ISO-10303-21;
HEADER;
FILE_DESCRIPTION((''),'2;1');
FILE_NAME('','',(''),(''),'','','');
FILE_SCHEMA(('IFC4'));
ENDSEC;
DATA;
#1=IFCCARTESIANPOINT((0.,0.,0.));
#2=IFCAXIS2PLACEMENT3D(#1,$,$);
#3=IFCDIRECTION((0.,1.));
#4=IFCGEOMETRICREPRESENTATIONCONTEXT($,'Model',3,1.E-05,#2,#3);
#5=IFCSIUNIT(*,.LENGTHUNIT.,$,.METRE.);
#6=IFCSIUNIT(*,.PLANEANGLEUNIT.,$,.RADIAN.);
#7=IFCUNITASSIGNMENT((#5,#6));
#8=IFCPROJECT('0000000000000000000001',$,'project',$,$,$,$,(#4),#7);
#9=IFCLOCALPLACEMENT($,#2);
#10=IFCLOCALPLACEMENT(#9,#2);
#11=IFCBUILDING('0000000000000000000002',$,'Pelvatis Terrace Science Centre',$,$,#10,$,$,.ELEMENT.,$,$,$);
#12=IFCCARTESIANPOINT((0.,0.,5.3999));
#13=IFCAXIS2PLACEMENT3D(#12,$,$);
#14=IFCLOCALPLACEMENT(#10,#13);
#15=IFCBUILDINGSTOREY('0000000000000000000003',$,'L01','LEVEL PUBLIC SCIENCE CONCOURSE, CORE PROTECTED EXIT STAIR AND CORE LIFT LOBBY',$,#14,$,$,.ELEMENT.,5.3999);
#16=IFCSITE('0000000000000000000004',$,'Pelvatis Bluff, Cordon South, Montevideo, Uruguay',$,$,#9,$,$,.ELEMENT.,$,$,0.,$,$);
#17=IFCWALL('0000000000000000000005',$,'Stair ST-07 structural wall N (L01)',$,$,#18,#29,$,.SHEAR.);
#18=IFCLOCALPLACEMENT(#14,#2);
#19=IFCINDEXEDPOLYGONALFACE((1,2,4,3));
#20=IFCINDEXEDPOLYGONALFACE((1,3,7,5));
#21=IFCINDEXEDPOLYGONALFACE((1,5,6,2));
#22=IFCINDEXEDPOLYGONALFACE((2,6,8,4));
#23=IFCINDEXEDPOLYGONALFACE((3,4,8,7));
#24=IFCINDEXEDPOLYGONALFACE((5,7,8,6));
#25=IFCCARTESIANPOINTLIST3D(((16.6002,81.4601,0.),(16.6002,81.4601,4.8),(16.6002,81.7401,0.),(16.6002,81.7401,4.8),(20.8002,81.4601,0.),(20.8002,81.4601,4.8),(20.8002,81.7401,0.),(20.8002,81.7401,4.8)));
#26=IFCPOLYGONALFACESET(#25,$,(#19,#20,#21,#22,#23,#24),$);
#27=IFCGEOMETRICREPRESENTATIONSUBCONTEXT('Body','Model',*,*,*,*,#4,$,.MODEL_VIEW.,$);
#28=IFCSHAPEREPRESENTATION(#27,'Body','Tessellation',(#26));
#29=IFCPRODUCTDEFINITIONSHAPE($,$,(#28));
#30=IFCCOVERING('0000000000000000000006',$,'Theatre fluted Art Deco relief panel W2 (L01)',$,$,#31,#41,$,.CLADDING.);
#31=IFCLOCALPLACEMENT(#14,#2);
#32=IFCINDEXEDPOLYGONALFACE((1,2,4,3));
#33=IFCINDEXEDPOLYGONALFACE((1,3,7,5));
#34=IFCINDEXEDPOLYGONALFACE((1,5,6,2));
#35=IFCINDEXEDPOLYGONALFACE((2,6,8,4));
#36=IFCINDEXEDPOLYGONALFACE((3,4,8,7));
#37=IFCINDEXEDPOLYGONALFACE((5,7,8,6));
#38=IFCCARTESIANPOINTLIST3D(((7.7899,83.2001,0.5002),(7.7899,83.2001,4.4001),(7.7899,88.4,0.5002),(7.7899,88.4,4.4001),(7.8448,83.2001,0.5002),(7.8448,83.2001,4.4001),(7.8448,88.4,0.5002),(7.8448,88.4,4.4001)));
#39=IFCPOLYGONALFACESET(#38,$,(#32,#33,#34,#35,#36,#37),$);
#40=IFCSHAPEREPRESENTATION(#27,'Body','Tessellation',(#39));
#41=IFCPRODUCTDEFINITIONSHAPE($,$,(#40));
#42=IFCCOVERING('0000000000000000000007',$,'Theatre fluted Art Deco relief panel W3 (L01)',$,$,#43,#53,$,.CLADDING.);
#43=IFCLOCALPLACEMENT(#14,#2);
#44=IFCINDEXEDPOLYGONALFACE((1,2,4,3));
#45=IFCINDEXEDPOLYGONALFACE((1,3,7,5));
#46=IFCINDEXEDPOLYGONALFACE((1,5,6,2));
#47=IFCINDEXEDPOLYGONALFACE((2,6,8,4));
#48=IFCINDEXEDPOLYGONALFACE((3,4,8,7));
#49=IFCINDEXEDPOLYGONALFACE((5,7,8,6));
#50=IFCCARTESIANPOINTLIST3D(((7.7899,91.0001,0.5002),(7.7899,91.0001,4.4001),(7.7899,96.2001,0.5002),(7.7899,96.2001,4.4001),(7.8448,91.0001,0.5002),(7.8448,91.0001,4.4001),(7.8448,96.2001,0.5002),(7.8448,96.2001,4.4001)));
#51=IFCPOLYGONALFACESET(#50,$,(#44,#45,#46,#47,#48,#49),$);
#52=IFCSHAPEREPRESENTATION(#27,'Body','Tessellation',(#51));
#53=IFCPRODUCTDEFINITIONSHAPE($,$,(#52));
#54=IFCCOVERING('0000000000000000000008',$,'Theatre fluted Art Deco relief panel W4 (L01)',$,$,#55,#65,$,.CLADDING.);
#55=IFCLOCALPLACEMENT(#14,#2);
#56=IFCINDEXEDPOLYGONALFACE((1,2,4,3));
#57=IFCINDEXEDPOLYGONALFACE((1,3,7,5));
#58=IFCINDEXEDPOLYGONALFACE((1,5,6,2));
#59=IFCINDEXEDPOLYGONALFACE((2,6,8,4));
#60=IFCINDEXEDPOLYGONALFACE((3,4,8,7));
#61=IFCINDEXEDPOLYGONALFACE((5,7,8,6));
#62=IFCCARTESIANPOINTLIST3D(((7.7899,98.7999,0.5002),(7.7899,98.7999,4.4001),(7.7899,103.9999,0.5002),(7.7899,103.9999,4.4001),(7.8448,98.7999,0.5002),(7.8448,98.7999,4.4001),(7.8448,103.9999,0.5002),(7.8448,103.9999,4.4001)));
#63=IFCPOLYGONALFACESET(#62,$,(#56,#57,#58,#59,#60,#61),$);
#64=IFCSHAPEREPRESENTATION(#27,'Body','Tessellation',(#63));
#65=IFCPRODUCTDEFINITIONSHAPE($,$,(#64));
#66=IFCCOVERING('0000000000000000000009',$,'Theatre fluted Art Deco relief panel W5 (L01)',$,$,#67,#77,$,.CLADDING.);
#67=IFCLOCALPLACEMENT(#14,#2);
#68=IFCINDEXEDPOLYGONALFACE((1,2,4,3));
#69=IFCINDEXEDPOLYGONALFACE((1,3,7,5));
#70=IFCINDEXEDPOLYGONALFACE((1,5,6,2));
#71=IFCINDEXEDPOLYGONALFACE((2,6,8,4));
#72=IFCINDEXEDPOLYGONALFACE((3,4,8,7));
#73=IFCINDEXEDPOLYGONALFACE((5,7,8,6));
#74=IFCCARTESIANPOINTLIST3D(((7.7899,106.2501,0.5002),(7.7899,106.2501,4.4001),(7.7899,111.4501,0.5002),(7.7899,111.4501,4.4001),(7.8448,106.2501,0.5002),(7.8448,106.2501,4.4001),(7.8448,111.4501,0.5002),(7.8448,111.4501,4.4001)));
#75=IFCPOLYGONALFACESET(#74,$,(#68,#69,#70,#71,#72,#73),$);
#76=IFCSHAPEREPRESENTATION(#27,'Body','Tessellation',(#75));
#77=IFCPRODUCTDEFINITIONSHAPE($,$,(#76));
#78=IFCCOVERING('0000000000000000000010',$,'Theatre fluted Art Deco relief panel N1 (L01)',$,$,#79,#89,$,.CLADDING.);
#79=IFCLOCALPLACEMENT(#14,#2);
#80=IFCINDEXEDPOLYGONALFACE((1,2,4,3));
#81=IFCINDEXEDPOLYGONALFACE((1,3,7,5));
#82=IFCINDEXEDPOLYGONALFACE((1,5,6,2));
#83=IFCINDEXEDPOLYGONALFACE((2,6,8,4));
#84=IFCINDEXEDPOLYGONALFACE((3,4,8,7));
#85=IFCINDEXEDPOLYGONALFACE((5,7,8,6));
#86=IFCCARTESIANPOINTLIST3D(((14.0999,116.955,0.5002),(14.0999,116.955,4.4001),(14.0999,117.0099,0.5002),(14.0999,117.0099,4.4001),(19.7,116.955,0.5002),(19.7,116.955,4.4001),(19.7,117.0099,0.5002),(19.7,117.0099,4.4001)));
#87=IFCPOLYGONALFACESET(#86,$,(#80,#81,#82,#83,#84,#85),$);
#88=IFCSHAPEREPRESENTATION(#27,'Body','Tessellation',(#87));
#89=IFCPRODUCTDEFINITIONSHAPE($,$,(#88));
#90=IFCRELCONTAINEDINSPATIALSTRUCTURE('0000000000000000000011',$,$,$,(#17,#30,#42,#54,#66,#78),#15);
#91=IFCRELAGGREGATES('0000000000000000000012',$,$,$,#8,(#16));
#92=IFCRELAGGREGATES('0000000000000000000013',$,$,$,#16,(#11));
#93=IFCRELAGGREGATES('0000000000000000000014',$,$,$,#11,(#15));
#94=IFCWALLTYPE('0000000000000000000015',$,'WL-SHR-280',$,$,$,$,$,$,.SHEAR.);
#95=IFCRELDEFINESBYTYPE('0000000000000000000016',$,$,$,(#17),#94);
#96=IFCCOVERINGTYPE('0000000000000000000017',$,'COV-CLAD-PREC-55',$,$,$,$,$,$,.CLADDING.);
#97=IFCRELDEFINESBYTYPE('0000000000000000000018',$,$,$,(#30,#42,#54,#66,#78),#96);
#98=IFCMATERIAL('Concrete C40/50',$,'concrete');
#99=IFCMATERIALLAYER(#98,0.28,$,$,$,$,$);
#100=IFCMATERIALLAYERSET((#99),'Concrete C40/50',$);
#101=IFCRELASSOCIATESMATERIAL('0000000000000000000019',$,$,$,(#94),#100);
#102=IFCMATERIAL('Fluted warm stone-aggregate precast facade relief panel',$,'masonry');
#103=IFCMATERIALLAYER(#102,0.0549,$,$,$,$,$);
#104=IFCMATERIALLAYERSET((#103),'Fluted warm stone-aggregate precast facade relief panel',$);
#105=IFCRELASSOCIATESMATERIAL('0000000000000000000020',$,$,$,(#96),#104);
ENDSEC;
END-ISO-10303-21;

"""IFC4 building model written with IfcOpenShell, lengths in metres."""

from ifc_helpers import new_model, si_unit, direction, frame, frame_2d, origin, origin_2d, place, context, subcontext, project, spatial, rectangle, extrude, material, layer, layer_set, type_object, element, save


model = new_model("IFC4")

# Units and contexts
model_context = context("Model", 3, precision=1e-05, world=origin(), true_north=direction((0.0, 1.0)))
body_context = subcontext(model_context, "Body", "Model", "MODEL_VIEW")
ifc_project = project(units=[si_unit("LENGTHUNIT", "METRE"), si_unit("PLANEANGLEUNIT", "RADIAN")], contexts=[model_context])

# Site, building, storey
site_placement = place(None, origin())
site = spatial("IfcSite", under=ifc_project, at=site_placement, Name="Pelvatis Bluff, Cordon South, Montevideo, Uruguay", CompositionType="ELEMENT", RefElevation=0.0)
building_placement = place(site_placement, origin())
building = spatial("IfcBuilding", under=site, at=building_placement, Name="Pelvatis Terrace Science Centre", CompositionType="ELEMENT")
storey_placement = place(building_placement, frame((0.0, 0.0, 5.3999)))
storey = spatial("IfcBuildingStorey", under=building, at=storey_placement, Name="L01", Description="LEVEL PUBLIC SCIENCE CONCOURSE, CORE PROTECTED EXIT STAIR AND CORE LIFT LOBBY", CompositionType="ELEMENT", Elevation=5.3999)

# Wall
ifc_material_1 = material(Name="Concrete C40/50", Category="concrete")
ifc_layer_1 = layer(ifc_material_1, 0.28)
ifc_layer_set_1 = layer_set([ifc_layer_1], Name="Concrete C40/50")
wall_type_1 = type_object("IfcWallType", Name="WL-SHR-280", PredefinedType="SHEAR", material=ifc_layer_set_1)
wall_1_placement = place(storey_placement, frame((16.6001, 81.6001, 0.0), z_axis=(0.0, 0.0, 1.0), x_axis=(1.0, 0.0, 0.0)))
element("IfcWall", 1, at=wall_1_placement, inside=storey, type_object=wall_type_1, Name="Stair ST-07 structural wall N (L01)", PredefinedType="SHEAR", context=body_context, shape_type="SweptSolid", body=[
    extrude(rectangle(XDim=4.2, YDim=0.28, at=frame_2d((2.1001, 0.0))), origin(), (0.0, 0.0, 1.0), 4.8),
])

# Coverings
ifc_material_2 = material(Name="Fluted warm stone-aggregate precast facade relief panel", Category="masonry")
ifc_layer_2 = layer(ifc_material_2, 0.0549)
ifc_layer_set_2 = layer_set([ifc_layer_2], Name="Fluted warm stone-aggregate precast facade relief panel")
covering_type = type_object("IfcCoveringType", Name="COV-CLAD-PREC-55", PredefinedType="CLADDING", material=ifc_layer_set_2)
for number, where, z_axis, x_axis, name in (
    (2, (7.8174, 85.8, 0.5002), (0.0, 0.0, 1.0), (1.0, 0.0, 0.0), "Theatre fluted Art Deco relief panel W2 (L01)"),
    (3, (7.8174, 93.6001, 0.5002), (0.0, 0.0, 1.0), (1.0, 0.0, 0.0), "Theatre fluted Art Deco relief panel W3 (L01)"),
    (4, (7.8174, 101.3999, 0.5002), (0.0, 0.0, 1.0), (1.0, 0.0, 0.0), "Theatre fluted Art Deco relief panel W4 (L01)"),
    (5, (7.8174, 108.8501, 0.5002), (0.0, 0.0, 1.0), (1.0, 0.0, 0.0), "Theatre fluted Art Deco relief panel W5 (L01)"),
):
    element("IfcCovering", number, at=place(storey_placement, frame(where, z_axis=z_axis, x_axis=x_axis)), inside=storey, type_object=covering_type, Name=name, PredefinedType="CLADDING", context=body_context, shape_type="SweptSolid", body=[
        extrude(rectangle(XDim=0.0549, YDim=5.2, at=origin_2d()), origin(), (0.0, 0.0, 1.0), 3.8999),
    ])
covering_placement = place(storey_placement, frame((16.8999, 116.9824, 0.5002), z_axis=(0.0, 0.0, 1.0), x_axis=(1.0, 0.0, 0.0)))
element("IfcCovering", 6, at=covering_placement, inside=storey, type_object=covering_type, Name="Theatre fluted Art Deco relief panel N1 (L01)", PredefinedType="CLADDING", context=body_context, shape_type="SweptSolid", body=[
    extrude(rectangle(XDim=5.6001, YDim=0.0549, at=origin_2d()), origin(), (0.0, 0.0, 1.0), 3.8999),
])

save(model, "model.ifc")
